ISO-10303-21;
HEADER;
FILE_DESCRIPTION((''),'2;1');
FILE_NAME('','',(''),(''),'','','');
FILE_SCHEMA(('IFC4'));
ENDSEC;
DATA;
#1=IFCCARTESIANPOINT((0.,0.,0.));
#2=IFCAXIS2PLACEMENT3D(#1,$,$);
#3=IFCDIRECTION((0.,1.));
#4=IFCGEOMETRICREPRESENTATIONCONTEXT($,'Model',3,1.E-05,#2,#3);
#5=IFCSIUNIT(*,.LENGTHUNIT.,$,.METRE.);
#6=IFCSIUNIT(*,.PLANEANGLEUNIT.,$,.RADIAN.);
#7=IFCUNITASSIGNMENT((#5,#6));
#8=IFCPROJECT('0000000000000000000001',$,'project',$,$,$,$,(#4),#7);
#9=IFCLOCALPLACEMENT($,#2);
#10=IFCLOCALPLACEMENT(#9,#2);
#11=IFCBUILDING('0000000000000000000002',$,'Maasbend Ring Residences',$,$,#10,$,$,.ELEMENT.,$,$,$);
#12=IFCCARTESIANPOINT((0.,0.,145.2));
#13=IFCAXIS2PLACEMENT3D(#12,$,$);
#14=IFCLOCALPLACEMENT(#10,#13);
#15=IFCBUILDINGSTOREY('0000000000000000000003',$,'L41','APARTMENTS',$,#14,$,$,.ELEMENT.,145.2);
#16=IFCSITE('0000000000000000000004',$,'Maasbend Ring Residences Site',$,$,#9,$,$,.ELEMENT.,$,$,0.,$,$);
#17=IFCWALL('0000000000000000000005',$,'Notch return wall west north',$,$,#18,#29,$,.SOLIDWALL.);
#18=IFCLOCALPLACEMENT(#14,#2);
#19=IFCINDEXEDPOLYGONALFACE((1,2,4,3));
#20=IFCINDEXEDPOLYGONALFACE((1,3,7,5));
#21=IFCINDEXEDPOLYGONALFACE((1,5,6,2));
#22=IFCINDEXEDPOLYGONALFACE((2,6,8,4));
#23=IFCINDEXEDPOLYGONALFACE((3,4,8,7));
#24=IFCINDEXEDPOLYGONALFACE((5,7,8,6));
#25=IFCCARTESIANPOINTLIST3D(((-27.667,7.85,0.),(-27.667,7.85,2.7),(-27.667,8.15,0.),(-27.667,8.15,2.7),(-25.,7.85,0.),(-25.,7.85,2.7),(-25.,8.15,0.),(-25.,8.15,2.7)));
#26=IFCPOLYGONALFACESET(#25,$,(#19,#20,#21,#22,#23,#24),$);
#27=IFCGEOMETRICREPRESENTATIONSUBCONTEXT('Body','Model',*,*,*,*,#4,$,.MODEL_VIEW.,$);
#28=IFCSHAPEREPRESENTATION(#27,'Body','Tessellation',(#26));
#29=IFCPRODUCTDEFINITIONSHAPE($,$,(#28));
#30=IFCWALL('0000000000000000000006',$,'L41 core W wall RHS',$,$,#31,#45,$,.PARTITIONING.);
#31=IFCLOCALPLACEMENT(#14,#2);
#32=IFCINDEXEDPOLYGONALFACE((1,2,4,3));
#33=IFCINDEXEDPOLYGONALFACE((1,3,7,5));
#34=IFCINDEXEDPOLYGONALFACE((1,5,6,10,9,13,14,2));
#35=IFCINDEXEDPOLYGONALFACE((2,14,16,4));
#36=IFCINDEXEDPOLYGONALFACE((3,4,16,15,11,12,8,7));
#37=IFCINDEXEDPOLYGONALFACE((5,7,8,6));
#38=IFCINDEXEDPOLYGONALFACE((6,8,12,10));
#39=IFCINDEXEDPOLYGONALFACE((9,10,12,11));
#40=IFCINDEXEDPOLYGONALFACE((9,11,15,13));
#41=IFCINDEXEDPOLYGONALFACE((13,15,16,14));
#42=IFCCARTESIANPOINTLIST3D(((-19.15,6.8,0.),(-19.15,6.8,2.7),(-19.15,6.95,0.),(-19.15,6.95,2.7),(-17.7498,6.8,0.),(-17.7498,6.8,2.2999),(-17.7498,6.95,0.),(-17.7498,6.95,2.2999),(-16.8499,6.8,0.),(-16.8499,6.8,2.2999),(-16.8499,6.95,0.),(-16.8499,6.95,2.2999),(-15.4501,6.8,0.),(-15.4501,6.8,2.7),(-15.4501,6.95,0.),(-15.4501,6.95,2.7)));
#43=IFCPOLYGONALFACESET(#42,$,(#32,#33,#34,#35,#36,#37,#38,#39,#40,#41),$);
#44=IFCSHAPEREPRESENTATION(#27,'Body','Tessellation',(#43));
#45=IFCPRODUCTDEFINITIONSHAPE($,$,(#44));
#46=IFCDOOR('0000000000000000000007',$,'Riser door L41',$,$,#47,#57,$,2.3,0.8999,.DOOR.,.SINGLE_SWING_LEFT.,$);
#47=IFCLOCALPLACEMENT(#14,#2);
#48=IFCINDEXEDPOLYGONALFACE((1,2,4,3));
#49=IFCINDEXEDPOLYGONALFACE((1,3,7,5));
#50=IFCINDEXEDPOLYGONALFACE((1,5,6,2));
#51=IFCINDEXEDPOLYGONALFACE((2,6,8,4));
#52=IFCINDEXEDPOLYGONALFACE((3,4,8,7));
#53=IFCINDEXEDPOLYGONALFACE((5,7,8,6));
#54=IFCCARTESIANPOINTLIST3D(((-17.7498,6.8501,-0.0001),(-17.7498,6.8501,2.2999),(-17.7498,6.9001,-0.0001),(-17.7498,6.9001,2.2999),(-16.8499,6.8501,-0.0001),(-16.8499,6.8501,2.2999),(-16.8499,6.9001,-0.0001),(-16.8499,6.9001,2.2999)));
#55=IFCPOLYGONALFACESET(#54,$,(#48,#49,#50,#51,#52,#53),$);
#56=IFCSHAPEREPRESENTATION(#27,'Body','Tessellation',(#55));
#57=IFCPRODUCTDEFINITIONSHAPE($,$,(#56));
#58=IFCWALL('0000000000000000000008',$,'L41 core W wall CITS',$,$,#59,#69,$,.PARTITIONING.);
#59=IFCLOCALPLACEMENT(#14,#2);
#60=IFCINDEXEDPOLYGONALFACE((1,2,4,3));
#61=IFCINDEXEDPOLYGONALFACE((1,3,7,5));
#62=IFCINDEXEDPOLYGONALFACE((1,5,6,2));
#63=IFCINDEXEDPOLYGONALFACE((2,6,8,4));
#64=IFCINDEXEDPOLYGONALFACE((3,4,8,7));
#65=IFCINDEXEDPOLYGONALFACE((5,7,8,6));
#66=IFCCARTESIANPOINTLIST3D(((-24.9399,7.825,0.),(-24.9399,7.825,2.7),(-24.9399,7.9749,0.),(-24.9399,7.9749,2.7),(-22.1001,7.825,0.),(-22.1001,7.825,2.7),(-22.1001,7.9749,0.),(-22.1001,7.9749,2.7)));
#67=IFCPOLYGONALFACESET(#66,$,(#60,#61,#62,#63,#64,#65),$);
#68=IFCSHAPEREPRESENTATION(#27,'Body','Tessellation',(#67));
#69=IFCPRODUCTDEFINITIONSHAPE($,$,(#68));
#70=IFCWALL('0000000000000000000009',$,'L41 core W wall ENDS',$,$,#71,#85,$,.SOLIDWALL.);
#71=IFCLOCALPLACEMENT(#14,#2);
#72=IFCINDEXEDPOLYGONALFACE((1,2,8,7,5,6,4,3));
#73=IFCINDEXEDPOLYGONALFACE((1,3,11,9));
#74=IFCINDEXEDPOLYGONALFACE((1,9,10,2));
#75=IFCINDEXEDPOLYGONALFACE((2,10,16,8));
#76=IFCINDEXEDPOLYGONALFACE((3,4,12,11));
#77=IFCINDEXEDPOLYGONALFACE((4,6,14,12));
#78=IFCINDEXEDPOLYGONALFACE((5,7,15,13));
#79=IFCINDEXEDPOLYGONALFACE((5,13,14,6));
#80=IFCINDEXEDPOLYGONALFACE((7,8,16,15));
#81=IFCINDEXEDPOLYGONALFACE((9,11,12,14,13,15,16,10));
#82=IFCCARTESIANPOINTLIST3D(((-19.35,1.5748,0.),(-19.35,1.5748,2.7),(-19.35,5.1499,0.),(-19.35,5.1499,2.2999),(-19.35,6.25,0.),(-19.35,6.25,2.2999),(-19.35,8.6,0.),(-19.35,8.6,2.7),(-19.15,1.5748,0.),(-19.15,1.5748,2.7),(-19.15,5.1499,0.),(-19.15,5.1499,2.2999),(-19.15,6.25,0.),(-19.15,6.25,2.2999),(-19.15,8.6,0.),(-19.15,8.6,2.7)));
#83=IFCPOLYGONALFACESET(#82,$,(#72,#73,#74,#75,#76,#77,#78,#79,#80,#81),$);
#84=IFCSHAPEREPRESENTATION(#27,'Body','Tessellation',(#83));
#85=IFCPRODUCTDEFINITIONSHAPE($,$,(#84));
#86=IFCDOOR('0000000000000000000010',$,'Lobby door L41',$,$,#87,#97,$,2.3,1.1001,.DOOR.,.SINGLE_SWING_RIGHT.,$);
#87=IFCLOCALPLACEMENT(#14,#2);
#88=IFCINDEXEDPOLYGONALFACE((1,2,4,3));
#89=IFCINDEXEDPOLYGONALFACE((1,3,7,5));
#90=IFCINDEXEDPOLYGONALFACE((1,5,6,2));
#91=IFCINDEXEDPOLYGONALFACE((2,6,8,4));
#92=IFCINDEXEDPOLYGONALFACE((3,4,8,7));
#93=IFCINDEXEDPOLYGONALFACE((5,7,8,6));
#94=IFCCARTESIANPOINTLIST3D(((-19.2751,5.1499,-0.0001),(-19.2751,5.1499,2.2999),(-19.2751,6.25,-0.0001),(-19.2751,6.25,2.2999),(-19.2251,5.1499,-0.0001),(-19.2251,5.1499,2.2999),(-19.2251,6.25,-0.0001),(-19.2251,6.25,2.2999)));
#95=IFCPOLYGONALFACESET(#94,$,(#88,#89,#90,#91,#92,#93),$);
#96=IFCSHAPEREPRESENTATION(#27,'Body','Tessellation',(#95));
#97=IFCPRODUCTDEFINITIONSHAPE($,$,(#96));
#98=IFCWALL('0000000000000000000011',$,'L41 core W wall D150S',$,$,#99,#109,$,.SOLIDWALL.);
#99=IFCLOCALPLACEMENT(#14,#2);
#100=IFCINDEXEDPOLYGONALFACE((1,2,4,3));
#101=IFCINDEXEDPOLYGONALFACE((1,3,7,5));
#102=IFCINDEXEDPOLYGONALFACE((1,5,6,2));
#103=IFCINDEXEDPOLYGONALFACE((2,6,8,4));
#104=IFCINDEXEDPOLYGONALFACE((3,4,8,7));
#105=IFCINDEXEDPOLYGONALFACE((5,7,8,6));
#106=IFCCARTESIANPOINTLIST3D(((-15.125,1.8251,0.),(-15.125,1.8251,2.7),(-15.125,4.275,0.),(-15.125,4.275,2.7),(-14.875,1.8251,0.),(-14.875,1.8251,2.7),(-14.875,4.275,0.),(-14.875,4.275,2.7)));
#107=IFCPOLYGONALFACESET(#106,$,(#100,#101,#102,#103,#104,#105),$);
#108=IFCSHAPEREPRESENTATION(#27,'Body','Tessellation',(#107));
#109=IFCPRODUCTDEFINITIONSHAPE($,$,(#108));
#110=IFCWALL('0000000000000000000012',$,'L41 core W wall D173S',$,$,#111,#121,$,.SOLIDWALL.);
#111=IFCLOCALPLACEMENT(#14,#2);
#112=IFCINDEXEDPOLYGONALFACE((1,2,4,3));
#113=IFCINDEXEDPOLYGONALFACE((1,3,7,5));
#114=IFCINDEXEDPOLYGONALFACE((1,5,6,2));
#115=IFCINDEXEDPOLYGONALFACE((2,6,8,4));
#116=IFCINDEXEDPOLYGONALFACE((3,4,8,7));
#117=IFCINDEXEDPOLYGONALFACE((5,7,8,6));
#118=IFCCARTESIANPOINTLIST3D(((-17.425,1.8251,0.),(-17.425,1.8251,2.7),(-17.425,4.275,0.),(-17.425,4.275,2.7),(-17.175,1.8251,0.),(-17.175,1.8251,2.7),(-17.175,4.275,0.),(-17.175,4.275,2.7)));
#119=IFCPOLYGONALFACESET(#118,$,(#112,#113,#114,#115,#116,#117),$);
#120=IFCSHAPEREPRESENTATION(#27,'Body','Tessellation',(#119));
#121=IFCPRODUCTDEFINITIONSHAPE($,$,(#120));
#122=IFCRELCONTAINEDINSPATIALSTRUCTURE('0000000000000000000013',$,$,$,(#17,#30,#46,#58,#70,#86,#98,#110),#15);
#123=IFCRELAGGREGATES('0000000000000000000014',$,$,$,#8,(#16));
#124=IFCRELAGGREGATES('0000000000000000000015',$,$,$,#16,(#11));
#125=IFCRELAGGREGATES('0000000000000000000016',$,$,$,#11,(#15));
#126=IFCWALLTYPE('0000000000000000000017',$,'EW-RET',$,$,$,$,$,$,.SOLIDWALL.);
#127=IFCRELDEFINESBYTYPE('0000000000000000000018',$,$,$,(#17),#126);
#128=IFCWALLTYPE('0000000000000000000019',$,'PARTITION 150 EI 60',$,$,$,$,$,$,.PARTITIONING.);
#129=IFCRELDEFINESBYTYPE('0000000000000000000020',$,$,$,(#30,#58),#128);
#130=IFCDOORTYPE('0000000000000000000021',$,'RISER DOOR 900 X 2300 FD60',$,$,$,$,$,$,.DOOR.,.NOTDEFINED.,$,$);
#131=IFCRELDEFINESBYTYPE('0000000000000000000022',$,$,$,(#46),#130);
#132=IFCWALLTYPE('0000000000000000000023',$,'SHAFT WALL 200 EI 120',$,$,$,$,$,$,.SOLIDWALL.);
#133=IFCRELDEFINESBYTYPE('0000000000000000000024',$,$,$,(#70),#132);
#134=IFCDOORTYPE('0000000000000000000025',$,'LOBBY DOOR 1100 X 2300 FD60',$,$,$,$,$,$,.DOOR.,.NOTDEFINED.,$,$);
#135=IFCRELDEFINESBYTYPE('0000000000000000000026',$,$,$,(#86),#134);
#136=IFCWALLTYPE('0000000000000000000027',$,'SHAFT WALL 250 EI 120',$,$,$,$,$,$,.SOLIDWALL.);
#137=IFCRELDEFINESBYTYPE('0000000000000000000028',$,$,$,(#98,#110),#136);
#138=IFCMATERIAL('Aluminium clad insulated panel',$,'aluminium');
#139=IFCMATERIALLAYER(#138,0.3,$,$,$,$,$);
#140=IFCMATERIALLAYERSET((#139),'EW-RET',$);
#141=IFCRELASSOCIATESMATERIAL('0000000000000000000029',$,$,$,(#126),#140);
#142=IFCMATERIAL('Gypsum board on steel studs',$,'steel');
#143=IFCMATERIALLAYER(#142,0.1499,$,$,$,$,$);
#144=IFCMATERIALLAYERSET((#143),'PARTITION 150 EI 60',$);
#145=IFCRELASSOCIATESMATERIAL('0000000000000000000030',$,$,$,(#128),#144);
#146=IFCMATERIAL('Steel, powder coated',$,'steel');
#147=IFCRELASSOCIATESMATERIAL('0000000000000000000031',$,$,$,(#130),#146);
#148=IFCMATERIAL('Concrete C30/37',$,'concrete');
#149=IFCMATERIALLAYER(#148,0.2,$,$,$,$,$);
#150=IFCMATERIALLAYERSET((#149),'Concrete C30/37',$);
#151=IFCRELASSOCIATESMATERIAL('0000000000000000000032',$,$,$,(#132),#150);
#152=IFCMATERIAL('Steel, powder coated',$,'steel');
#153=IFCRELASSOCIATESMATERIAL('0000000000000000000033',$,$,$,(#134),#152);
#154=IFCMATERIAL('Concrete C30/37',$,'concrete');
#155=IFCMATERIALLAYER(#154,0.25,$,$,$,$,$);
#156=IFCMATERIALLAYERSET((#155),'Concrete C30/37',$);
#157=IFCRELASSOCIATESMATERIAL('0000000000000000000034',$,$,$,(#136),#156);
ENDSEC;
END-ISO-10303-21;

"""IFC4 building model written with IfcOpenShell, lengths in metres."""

from ifc_helpers import new_model, si_unit, direction, frame, frame_2d, origin, place, context, subcontext, project, spatial, rectangle, extrude, material, layer, layer_set, type_object, element, fill, save


model = new_model("IFC4")

# Units and contexts
model_context = context("Model", 3, precision=1e-05, world=origin(), true_north=direction((0.0, 1.0)))
body_context = subcontext(model_context, "Body", "Model", "MODEL_VIEW")
ifc_project = project(units=[si_unit("LENGTHUNIT", "METRE"), si_unit("PLANEANGLEUNIT", "RADIAN")], contexts=[model_context])

# Site, building, storey
site_placement = place(None, origin())
site = spatial("IfcSite", under=ifc_project, at=site_placement, Name="Maasbend Ring Residences Site", CompositionType="ELEMENT", RefElevation=0.0)
building_placement = place(site_placement, origin())
building = spatial("IfcBuilding", under=site, at=building_placement, Name="Maasbend Ring Residences", CompositionType="ELEMENT")
storey_placement = place(building_placement, frame((0.0, 0.0, 145.2)))
storey = spatial("IfcBuildingStorey", under=building, at=storey_placement, Name="L41", Description="APARTMENTS", CompositionType="ELEMENT", Elevation=145.2)

# Wall
ifc_material_1 = material(Name="Aluminium clad insulated panel", Category="aluminium")
ifc_layer_1 = layer(ifc_material_1, 0.3)
ifc_layer_set_1 = layer_set([ifc_layer_1], Name="EW-RET")
wall_type_1 = type_object("IfcWallType", Name="EW-RET", PredefinedType="SOLIDWALL", material=ifc_layer_set_1)
wall_1_placement = place(storey_placement, frame((-25.0, 8.0, 0.0), z_axis=(0.0, 0.0, 1.0), x_axis=(-1.0, 0.0, 0.0)))
element("IfcWall", 1, at=wall_1_placement, inside=storey, type_object=wall_type_1, Name="Notch return wall west north", PredefinedType="SOLIDWALL", context=body_context, shape_type="SweptSolid", body=[
    extrude(rectangle(XDim=2.667, YDim=0.3, at=frame_2d((1.3335, 0.0))), origin(), (0.0, 0.0, 1.0), 2.7),
])

# Wall, opening, door
ifc_material_2 = material(Name="Gypsum board on steel studs", Category="steel")
ifc_layer_2 = layer(ifc_material_2, 0.1499)
ifc_layer_set_2 = layer_set([ifc_layer_2], Name="PARTITION 150 EI 60")
wall_type_2 = type_object("IfcWallType", Name="PARTITION 150 EI 60", PredefinedType="PARTITIONING", material=ifc_layer_set_2)
wall_2_placement = place(storey_placement, frame((-15.45, 6.875, 0.0), z_axis=(0.0, 0.0, 1.0), x_axis=(-1.0, 0.0, 0.0)))
wall_2 = element("IfcWall", 2, at=wall_2_placement, inside=storey, type_object=wall_type_2, Name="L41 core W wall RHS", PredefinedType="PARTITIONING", context=body_context, shape_type="SweptSolid", body=[
    extrude(rectangle(XDim=3.7, YDim=0.1499, at=frame_2d((1.8501, 0.0))), origin(), (0.0, 0.0, 1.0), 2.7),
])
opening_1_placement = place(wall_2_placement, frame((1.3999, 0.0, 0.0)))
opening_1 = element("IfcOpeningElement", 3, at=opening_1_placement, cuts=wall_2, PredefinedType="OPENING", context=body_context, shape_type="SweptSolid", body=[
    extrude(rectangle(XDim=0.8999, YDim=2.3, at=frame_2d((0.45, 1.1499))), frame((0.0, 0.085, 0.0), z_axis=(0.0, -1.0, 0.0), x_axis=(1.0, 0.0, 0.0)), (0.0, 0.0, 1.0), 0.1699),
])
ifc_material_3 = material(Name="Steel, powder coated", Category="steel")
door_type_1 = type_object("IfcDoorType", Name="RISER DOOR 900 X 2300 FD60", OperationType="NOTDEFINED", PredefinedType="DOOR", material=ifc_material_3)
door_1_placement = place(opening_1_placement, origin())
door_1 = element("IfcDoor", 4, at=door_1_placement, inside=storey, type_object=door_type_1, Name="Riser door L41", OperationType="SINGLE_SWING_LEFT", OverallHeight=2.3, OverallWidth=0.8999, PredefinedType="DOOR", context=body_context, shape_type="SweptSolid", body=[
    extrude(rectangle(XDim=0.8999, YDim=2.3, at=frame_2d((0.45, 1.1499))), frame((0.0, 0.0249, 0.0), z_axis=(0.0, -1.0, 0.0), x_axis=(1.0, 0.0, 0.0)), (0.0, 0.0, 1.0), 0.05),
])
fill(opening_1, door_1)

# Wall
wall_3_placement = place(storey_placement, frame((-22.1001, 7.8999, 0.0), z_axis=(0.0, 0.0, 1.0), x_axis=(-1.0, 0.0, 0.0)))
element("IfcWall", 5, at=wall_3_placement, inside=storey, type_object=wall_type_2, Name="L41 core W wall CITS", PredefinedType="PARTITIONING", context=body_context, shape_type="SweptSolid", body=[
    extrude(rectangle(XDim=2.8398, YDim=0.1499, at=frame_2d((1.4199, 0.0))), origin(), (0.0, 0.0, 1.0), 2.7),
])

# Wall, opening, door
ifc_material_4 = material(Name="Concrete C30/37", Category="concrete")
ifc_layer_3 = layer(ifc_material_4, 0.2)
ifc_layer_set_3 = layer_set([ifc_layer_3], Name="Concrete C30/37")
wall_type_3 = type_object("IfcWallType", Name="SHAFT WALL 200 EI 120", PredefinedType="SOLIDWALL", material=ifc_layer_set_3)
wall_4_placement = place(storey_placement, frame((-19.25, 8.6001, 0.0), z_axis=(0.0, 0.0, 1.0), x_axis=(0.0, -1.0, 0.0)))
wall_4 = element("IfcWall", 6, at=wall_4_placement, inside=storey, type_object=wall_type_3, Name="L41 core W wall ENDS", PredefinedType="SOLIDWALL", context=body_context, shape_type="SweptSolid", body=[
    extrude(rectangle(XDim=7.0251, YDim=0.2, at=frame_2d((3.5127, 0.0))), origin(), (0.0, 0.0, 1.0), 2.7),
])
opening_2_placement = place(wall_4_placement, frame((2.3501, 0.0, 0.0)))
opening_2 = element("IfcOpeningElement", 7, at=opening_2_placement, cuts=wall_4, PredefinedType="OPENING", context=body_context, shape_type="SweptSolid", body=[
    extrude(rectangle(XDim=1.1001, YDim=2.3, at=frame_2d((0.55, 1.1499))), frame((0.0, 0.1099, 0.0), z_axis=(0.0, -1.0, 0.0), x_axis=(1.0, 0.0, 0.0)), (0.0, 0.0, 1.0), 0.22),
])
ifc_material_5 = material(Name="Steel, powder coated", Category="steel")
door_type_2 = type_object("IfcDoorType", Name="LOBBY DOOR 1100 X 2300 FD60", OperationType="NOTDEFINED", PredefinedType="DOOR", material=ifc_material_5)
door_2_placement = place(opening_2_placement, origin())
door_2 = element("IfcDoor", 8, at=door_2_placement, inside=storey, type_object=door_type_2, Name="Lobby door L41", OperationType="SINGLE_SWING_RIGHT", OverallHeight=2.3, OverallWidth=1.1001, PredefinedType="DOOR", context=body_context, shape_type="SweptSolid", body=[
    extrude(rectangle(XDim=1.1001, YDim=2.3, at=frame_2d((0.55, 1.1499))), frame((0.0, 0.0249, 0.0), z_axis=(0.0, -1.0, 0.0), x_axis=(1.0, 0.0, 0.0)), (0.0, 0.0, 1.0), 0.05),
])
fill(opening_2, door_2)

# Walls
ifc_material_6 = material(Name="Concrete C30/37", Category="concrete")
ifc_layer_4 = layer(ifc_material_6, 0.25)
ifc_layer_set_4 = layer_set([ifc_layer_4], Name="Concrete C30/37")
wall_type_4 = type_object("IfcWallType", Name="SHAFT WALL 250 EI 120", PredefinedType="SOLIDWALL", material=ifc_layer_set_4)
for number, where, z_axis, x_axis, name in (
    (9, (-15.0, 1.825, 0.0), (0.0, 0.0, 1.0), (0.0, 1.0, 0.0), "L41 core W wall D150S"),
    (10, (-17.3, 1.825, 0.0), (0.0, 0.0, 1.0), (0.0, 1.0, 0.0), "L41 core W wall D173S"),
):
    element("IfcWall", number, at=place(storey_placement, frame(where, z_axis=z_axis, x_axis=x_axis)), inside=storey, type_object=wall_type_4, Name=name, PredefinedType="SOLIDWALL", context=body_context, shape_type="SweptSolid", body=[
        extrude(rectangle(XDim=2.45, YDim=0.25, at=frame_2d((1.2251, 0.0))), origin(), (0.0, 0.0, 1.0), 2.7),
    ])

save(model, "model.ifc")
